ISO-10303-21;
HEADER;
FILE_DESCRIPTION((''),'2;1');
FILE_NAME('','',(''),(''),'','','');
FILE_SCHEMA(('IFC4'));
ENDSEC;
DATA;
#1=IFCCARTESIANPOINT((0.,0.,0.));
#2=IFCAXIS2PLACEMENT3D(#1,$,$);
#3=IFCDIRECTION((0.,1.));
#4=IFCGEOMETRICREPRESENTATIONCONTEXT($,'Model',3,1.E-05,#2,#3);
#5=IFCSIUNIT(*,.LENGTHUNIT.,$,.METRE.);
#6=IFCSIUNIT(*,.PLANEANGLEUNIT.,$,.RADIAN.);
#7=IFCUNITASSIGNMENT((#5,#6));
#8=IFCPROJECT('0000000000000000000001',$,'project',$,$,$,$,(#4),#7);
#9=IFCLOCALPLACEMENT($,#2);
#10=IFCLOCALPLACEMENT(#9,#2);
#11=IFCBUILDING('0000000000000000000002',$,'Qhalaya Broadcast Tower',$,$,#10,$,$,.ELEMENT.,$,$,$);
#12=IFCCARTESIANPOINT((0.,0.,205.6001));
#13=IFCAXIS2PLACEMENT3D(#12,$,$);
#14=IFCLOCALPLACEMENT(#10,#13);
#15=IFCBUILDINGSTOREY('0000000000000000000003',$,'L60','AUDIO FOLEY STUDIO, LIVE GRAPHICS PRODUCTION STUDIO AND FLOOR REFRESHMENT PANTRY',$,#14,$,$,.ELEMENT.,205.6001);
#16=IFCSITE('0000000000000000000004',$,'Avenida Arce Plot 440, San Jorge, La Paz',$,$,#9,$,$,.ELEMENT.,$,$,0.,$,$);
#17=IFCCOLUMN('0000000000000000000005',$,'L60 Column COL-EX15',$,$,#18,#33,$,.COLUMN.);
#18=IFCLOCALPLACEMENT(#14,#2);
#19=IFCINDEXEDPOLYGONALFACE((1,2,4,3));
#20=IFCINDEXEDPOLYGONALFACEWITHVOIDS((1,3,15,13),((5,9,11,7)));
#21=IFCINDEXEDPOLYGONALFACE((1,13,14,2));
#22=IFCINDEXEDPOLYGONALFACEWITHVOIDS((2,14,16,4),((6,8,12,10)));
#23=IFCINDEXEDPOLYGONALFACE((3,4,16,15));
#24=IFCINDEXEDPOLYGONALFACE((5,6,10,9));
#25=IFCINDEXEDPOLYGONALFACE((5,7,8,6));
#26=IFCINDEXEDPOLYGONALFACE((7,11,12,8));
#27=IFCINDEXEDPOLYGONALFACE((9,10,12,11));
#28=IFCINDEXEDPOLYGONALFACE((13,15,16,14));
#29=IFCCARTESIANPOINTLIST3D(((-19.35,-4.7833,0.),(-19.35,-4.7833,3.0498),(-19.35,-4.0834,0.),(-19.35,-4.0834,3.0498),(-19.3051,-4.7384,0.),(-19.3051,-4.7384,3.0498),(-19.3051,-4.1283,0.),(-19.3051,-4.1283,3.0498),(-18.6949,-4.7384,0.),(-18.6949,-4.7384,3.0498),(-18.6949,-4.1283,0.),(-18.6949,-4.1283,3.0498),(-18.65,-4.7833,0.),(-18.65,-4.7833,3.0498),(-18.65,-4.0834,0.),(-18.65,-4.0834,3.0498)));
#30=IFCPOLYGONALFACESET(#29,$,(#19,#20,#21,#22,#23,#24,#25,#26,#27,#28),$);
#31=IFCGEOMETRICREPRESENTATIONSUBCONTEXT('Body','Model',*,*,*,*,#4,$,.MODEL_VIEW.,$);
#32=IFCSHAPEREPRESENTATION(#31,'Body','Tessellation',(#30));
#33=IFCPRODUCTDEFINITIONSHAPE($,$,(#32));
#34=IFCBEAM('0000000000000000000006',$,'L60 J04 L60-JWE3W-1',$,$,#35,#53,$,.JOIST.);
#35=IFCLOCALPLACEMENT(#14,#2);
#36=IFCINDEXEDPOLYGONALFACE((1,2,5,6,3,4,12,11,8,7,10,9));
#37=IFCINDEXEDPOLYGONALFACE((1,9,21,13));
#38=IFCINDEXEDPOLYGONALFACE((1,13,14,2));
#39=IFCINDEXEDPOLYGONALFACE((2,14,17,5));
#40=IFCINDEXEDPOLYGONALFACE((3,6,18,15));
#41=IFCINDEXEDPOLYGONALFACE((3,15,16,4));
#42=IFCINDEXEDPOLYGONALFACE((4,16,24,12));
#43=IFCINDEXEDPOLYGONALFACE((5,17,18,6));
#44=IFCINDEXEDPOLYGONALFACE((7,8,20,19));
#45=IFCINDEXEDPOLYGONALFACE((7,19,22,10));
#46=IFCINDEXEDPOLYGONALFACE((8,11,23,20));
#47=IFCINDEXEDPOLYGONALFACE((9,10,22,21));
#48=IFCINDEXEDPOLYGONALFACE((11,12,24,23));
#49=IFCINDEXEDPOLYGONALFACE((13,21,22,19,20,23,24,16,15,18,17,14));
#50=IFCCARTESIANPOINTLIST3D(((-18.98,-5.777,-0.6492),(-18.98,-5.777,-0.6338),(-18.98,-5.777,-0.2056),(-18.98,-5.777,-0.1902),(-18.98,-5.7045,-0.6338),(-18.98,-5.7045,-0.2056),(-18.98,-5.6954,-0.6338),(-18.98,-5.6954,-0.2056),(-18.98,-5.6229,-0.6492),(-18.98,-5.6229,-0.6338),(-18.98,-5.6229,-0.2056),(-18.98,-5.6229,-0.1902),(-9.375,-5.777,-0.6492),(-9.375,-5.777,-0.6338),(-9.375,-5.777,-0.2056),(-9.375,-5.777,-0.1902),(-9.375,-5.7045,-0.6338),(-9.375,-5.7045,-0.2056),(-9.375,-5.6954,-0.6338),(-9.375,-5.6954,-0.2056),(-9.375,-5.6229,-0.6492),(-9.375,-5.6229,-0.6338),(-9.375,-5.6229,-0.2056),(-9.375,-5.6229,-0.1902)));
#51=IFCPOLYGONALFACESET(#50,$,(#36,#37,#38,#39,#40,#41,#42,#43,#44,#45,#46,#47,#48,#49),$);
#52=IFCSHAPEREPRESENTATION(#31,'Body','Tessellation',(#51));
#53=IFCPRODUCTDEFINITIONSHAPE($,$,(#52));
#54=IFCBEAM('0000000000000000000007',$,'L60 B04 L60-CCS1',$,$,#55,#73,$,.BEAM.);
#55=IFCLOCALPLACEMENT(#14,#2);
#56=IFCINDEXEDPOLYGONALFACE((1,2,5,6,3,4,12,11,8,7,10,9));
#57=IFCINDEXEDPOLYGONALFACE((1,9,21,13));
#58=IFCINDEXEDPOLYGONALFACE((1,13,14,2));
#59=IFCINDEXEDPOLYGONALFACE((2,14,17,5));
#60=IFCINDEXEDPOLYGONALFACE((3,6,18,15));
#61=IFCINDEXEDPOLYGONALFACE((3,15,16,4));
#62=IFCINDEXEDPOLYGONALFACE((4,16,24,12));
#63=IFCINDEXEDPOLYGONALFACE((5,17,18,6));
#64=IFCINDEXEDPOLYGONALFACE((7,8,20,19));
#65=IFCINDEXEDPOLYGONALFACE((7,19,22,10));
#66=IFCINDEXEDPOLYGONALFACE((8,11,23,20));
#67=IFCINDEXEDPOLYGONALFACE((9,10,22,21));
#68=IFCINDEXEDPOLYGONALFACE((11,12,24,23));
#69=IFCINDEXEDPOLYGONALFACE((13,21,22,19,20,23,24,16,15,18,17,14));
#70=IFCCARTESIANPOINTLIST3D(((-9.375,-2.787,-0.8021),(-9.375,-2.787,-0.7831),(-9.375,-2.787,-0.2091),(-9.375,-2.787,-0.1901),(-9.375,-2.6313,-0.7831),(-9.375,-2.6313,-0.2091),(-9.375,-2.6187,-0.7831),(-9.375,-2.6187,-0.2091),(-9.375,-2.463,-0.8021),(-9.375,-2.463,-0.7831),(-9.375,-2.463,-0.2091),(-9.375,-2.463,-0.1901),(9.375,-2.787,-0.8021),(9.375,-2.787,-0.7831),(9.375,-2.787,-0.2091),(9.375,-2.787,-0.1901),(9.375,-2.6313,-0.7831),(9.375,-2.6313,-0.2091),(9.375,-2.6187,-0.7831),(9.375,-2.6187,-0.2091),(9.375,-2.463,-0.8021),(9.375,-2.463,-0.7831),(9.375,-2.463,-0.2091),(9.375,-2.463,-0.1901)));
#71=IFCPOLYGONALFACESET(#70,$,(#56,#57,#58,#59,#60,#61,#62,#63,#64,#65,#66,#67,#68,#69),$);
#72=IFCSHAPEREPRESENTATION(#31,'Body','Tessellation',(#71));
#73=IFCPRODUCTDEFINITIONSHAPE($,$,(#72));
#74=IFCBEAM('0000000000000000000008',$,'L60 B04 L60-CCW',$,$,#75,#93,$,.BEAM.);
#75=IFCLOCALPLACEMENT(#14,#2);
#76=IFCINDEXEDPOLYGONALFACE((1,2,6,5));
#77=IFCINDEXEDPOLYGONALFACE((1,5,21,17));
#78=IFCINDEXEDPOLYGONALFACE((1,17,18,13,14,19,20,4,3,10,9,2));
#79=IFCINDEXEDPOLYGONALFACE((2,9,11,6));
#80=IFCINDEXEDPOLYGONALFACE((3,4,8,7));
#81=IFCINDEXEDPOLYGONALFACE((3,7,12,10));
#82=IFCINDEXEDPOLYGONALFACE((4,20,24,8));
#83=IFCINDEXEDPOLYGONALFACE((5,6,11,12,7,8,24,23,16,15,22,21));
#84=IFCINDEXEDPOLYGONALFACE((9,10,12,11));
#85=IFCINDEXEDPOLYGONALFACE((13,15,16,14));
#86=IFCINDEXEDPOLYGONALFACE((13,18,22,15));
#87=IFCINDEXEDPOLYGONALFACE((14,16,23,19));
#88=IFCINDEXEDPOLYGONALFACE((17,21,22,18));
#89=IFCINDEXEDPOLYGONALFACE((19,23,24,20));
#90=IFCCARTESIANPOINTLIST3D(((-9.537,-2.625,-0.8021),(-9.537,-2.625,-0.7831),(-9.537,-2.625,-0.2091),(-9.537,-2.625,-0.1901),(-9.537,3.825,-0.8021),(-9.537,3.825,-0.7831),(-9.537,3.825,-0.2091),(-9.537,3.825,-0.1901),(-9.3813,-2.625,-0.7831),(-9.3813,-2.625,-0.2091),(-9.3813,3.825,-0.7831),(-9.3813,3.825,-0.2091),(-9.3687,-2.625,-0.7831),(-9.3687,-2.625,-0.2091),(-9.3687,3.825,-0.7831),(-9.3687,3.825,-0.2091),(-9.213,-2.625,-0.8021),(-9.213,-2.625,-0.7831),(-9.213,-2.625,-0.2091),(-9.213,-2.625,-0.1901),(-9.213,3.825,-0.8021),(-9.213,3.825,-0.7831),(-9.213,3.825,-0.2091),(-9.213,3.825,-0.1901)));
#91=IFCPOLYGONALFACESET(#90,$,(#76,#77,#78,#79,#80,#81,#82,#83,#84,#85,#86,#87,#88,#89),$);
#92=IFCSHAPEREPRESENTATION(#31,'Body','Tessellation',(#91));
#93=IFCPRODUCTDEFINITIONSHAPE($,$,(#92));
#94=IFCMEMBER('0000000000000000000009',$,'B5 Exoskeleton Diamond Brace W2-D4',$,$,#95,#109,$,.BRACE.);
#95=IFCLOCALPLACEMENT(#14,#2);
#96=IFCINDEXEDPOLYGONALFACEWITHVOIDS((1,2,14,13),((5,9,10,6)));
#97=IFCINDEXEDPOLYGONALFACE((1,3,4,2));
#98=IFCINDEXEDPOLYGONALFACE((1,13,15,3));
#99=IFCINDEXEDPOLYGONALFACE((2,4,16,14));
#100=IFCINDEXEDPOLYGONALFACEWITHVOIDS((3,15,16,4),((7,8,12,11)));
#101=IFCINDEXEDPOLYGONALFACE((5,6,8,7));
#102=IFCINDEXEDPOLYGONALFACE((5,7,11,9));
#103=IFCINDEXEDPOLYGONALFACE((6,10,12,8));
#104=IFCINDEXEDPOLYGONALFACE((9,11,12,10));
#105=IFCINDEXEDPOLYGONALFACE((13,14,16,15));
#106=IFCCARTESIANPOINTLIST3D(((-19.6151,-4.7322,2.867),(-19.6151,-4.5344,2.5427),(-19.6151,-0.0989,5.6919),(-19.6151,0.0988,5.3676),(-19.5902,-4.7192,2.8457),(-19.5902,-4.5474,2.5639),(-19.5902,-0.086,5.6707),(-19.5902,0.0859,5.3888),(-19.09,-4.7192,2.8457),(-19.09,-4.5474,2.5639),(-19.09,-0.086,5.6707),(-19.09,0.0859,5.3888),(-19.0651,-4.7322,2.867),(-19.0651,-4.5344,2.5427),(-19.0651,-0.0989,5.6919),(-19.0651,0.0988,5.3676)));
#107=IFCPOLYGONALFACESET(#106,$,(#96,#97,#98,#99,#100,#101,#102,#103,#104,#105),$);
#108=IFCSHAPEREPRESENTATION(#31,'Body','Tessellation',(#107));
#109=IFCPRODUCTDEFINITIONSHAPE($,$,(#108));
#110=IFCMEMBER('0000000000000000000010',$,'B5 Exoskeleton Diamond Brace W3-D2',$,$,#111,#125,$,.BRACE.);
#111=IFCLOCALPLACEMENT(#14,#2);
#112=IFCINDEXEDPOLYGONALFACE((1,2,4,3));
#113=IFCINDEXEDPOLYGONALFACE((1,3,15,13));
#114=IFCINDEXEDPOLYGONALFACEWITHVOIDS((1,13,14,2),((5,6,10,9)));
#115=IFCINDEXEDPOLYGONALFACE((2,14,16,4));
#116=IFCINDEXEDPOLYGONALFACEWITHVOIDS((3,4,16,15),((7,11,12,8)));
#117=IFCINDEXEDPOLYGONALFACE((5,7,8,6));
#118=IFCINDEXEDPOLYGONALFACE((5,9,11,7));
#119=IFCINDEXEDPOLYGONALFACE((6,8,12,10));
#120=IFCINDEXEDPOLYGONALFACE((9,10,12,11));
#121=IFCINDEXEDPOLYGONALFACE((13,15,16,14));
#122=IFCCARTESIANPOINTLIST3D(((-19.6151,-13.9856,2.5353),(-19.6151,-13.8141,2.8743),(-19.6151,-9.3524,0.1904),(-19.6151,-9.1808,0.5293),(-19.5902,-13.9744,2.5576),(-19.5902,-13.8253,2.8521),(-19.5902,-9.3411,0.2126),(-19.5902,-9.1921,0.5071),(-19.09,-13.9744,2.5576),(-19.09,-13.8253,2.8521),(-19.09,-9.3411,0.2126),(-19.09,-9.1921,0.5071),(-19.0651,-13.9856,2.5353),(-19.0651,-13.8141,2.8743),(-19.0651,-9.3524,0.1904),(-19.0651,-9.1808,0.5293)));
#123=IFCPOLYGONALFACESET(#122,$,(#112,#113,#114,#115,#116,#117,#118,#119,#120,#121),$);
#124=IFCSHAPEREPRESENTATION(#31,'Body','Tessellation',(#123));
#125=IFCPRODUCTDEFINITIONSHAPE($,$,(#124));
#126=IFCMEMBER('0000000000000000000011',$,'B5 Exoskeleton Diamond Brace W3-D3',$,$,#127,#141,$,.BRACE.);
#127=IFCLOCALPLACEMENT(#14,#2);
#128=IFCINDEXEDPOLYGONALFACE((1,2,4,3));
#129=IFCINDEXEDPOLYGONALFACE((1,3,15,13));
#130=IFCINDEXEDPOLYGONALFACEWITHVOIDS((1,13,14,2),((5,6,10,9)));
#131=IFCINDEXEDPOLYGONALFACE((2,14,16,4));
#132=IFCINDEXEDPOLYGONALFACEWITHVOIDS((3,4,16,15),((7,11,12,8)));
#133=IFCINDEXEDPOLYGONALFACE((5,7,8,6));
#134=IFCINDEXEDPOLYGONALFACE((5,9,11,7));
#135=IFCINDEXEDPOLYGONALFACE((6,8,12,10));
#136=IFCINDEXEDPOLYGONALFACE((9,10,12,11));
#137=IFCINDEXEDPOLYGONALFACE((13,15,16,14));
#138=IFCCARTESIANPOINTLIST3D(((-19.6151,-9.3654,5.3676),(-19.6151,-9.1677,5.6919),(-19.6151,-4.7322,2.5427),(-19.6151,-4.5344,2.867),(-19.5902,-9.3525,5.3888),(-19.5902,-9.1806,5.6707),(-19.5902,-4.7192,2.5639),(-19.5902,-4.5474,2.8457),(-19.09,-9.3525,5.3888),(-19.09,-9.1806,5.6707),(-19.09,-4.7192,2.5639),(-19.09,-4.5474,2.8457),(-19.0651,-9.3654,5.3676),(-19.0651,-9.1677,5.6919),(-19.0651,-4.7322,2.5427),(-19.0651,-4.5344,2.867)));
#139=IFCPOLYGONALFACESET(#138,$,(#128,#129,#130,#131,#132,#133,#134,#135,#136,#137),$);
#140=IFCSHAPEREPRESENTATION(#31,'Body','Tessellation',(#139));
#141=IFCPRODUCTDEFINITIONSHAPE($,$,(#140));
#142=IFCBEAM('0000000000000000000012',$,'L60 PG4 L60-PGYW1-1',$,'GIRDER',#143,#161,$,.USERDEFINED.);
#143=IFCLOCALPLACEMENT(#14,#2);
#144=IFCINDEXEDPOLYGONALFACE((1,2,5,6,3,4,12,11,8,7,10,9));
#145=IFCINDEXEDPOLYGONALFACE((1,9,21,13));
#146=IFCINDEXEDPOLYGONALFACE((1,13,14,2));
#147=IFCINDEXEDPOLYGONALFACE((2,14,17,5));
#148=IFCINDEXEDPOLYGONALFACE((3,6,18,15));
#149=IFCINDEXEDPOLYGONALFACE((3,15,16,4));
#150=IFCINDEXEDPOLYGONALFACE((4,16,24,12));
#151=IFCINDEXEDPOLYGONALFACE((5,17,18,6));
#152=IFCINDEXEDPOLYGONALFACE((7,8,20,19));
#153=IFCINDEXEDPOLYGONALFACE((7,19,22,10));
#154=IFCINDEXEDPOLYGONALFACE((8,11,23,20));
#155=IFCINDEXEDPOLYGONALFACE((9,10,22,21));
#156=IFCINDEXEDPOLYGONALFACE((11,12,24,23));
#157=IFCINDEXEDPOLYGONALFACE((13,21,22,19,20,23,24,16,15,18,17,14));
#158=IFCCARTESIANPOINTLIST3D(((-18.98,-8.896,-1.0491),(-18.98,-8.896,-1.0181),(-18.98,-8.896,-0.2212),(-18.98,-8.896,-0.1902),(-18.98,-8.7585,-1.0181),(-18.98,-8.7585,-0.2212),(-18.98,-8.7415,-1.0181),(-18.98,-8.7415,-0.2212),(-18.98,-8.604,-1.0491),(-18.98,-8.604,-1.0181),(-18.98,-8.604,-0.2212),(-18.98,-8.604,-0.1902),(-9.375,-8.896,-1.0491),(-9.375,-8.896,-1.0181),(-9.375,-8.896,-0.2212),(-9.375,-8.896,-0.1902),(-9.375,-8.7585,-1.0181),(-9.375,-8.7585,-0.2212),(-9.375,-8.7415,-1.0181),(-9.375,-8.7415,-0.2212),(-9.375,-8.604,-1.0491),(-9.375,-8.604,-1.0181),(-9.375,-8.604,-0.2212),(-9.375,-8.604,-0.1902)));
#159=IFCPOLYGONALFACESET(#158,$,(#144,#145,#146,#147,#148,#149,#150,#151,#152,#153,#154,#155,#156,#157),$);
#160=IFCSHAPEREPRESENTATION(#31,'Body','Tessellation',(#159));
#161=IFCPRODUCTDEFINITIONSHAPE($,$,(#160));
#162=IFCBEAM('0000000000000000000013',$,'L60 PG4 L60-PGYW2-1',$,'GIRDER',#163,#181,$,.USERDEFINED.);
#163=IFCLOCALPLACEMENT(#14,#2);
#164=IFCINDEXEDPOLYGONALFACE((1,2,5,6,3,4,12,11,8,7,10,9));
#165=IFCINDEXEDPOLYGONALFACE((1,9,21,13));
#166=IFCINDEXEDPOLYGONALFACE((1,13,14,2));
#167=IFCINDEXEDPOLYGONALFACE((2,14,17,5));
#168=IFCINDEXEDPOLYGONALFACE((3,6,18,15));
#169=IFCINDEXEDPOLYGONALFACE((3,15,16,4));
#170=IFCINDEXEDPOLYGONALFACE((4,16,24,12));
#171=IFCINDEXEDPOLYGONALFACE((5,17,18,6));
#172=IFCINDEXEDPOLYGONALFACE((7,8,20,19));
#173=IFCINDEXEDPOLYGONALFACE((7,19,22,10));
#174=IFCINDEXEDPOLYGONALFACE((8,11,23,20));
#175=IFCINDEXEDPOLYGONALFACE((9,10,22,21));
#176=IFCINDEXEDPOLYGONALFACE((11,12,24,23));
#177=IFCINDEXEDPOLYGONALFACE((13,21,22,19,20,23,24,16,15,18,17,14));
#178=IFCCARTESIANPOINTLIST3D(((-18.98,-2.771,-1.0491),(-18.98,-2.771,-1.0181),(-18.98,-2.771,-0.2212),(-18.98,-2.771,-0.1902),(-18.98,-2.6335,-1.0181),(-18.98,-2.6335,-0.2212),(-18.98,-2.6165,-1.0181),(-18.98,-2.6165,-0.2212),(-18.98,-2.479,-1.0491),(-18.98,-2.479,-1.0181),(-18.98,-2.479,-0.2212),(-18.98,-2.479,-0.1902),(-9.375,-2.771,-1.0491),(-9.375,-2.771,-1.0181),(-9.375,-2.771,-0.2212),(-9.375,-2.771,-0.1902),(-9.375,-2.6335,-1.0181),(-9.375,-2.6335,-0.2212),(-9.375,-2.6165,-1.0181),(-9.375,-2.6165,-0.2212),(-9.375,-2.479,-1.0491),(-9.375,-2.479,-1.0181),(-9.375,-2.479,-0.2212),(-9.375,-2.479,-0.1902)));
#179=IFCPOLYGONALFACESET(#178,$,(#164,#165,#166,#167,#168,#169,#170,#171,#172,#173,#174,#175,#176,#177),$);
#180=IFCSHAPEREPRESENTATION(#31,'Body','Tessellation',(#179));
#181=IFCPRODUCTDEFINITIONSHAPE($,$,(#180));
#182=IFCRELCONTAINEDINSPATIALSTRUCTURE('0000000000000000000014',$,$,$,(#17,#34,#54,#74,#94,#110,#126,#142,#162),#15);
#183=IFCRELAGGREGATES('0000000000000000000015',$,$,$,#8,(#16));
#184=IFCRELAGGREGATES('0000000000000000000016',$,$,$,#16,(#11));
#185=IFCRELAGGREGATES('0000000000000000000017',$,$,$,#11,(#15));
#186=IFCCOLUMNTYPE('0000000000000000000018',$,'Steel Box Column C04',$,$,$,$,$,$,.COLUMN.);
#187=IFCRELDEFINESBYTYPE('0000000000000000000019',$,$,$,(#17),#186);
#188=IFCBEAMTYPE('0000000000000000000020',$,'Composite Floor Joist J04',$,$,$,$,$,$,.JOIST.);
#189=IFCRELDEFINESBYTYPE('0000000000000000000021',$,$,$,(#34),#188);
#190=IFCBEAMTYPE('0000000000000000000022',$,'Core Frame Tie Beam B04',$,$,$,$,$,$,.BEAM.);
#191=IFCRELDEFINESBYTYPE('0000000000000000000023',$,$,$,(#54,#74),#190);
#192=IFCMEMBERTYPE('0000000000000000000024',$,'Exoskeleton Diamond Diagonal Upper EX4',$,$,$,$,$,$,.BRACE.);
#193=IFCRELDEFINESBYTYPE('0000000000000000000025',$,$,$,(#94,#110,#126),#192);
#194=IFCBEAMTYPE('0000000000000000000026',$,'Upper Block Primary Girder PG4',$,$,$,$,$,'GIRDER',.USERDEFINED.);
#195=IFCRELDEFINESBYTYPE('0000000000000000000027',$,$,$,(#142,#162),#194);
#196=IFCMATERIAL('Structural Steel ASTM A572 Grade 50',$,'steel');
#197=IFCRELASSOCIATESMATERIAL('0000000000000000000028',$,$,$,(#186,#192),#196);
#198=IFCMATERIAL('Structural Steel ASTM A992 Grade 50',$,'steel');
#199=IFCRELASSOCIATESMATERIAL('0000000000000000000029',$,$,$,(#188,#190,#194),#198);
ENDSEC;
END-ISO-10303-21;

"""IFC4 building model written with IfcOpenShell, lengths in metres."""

from ifc_helpers import new_model, si_unit, direction, frame, origin, origin_2d, place, context, subcontext, project, spatial, hollow_rectangle, i_section, extrude, material, material_profile, profile_set, type_object, element, save


model = new_model("IFC4")

# Units and contexts
model_context = context("Model", 3, precision=1e-05, world=origin(), true_north=direction((0.0, 1.0)))
body_context = subcontext(model_context, "Body", "Model", "MODEL_VIEW")
ifc_project = project(units=[si_unit("LENGTHUNIT", "METRE"), si_unit("PLANEANGLEUNIT", "RADIAN")], contexts=[model_context])

# Site, building, storey
site_placement = place(None, origin())
site = spatial("IfcSite", under=ifc_project, at=site_placement, Name="Avenida Arce Plot 440, San Jorge, La Paz", CompositionType="ELEMENT", RefElevation=0.0)
building_placement = place(site_placement, origin())
building = spatial("IfcBuilding", under=site, at=building_placement, Name="Qhalaya Broadcast Tower", CompositionType="ELEMENT")
storey_placement = place(building_placement, frame((0.0, 0.0, 205.6001)))
storey = spatial("IfcBuildingStorey", under=building, at=storey_placement, Name="L60", Description="AUDIO FOLEY STUDIO, LIVE GRAPHICS PRODUCTION STUDIO AND FLOOR REFRESHMENT PANTRY", CompositionType="ELEMENT", Elevation=205.6001)

# Column
ifc_material_1 = material(Name="Structural Steel ASTM A572 Grade 50", Category="steel")
ifc_material_profile_1 = material_profile(ifc_material_1, hollow_rectangle(XDim=0.7, YDim=0.7, WallThickness=0.0449, at=origin_2d()), Name="BOX 700x700x45")
ifc_profile_set_1 = profile_set([ifc_material_profile_1], Name="Structural Steel ASTM A572 Grade 50")
column_type = type_object("IfcColumnType", Name="Steel Box Column C04", PredefinedType="COLUMN", material=ifc_profile_set_1)
column_placement = place(storey_placement, frame((-19.0, -4.4333, 0.0), z_axis=(0.0, 0.0, 1.0), x_axis=(0.0, 1.0, 0.0)))
element("IfcColumn", 1, at=column_placement, inside=storey, type_object=column_type, Name="L60 Column COL-EX15", PredefinedType="COLUMN", context=body_context, shape_type="SweptSolid", body=[
    extrude(hollow_rectangle(XDim=0.7, YDim=0.7, WallThickness=0.0449, at=origin_2d()), origin(), (0.0, 0.0, 1.0), 3.0498),
])

# Beams
ifc_material_2 = material(Name="Structural Steel ASTM A992 Grade 50", Category="steel")
ifc_material_profile_2 = material_profile(ifc_material_2, i_section(OverallWidth=0.1541, OverallDepth=0.459, WebThickness=0.009, FlangeThickness=0.0154, at=origin_2d()), Name="W18X46")
ifc_profile_set_2 = profile_set([ifc_material_profile_2], Name="Structural Steel ASTM A992 Grade 50")
beam_type_1 = type_object("IfcBeamType", Name="Composite Floor Joist J04", PredefinedType="JOIST", material=ifc_profile_set_2)
beam_1_placement = place(storey_placement, frame((-18.98, -5.7, -0.4197), z_axis=(1.0, 0.0, 0.0), x_axis=(0.0, 1.0, 0.0)))
element("IfcBeam", 2, at=beam_1_placement, inside=storey, type_object=beam_type_1, Name="L60 J04 L60-JWE3W-1", PredefinedType="JOIST", context=body_context, shape_type="SweptSolid", body=[
    extrude(i_section(OverallWidth=0.1541, OverallDepth=0.459, WebThickness=0.009, FlangeThickness=0.0154, at=origin_2d()), origin(), (0.0, 0.0, 1.0), 9.605),
])
ifc_material_profile_3 = material_profile(ifc_material_2, i_section(OverallWidth=0.324, OverallDepth=0.6121, WebThickness=0.0127, FlangeThickness=0.019, at=origin_2d()), Name="W24X104")
ifc_profile_set_3 = profile_set([ifc_material_profile_3], Name="Structural Steel ASTM A992 Grade 50")
beam_type_2 = type_object("IfcBeamType", Name="Core Frame Tie Beam B04", PredefinedType="BEAM", material=ifc_profile_set_3)
beam_2_placement = place(storey_placement, frame((-9.375, -2.625, -0.4961), z_axis=(1.0, 0.0, 0.0), x_axis=(0.0, 1.0, 0.0)))
element("IfcBeam", 3, at=beam_2_placement, inside=storey, type_object=beam_type_2, Name="L60 B04 L60-CCS1", PredefinedType="BEAM", context=body_context, shape_type="SweptSolid", body=[
    extrude(i_section(OverallWidth=0.324, OverallDepth=0.6121, WebThickness=0.0127, FlangeThickness=0.019, at=origin_2d()), origin(), (0.0, 0.0, 1.0), 18.75),
])
beam_3_placement = place(storey_placement, frame((-9.375, -2.625, -0.4961), z_axis=(0.0, 1.0, 0.0), x_axis=(-1.0, 0.0, 0.0)))
element("IfcBeam", 4, at=beam_3_placement, inside=storey, type_object=beam_type_2, Name="L60 B04 L60-CCW", PredefinedType="BEAM", context=body_context, shape_type="SweptSolid", body=[
    extrude(i_section(OverallWidth=0.324, OverallDepth=0.6121, WebThickness=0.0127, FlangeThickness=0.019, at=origin_2d()), origin(), (0.0, 0.0, 1.0), 6.45),
])

# Members
ifc_material_profile_4 = material_profile(ifc_material_1, hollow_rectangle(XDim=0.3799, YDim=0.55, WallThickness=0.0249, at=origin_2d()), Name="BOX 380x550x25")
ifc_profile_set_4 = profile_set([ifc_material_profile_4], Name="Structural Steel ASTM A572 Grade 50")
member_type = type_object("IfcMemberType", Name="Exoskeleton Diamond Diagonal Upper EX4", PredefinedType="BRACE", material=ifc_profile_set_4)
member_1_placement = place(storey_placement, frame((-19.3401, -4.6333, 2.7048), z_axis=(0.0, 0.853815, 0.520576), x_axis=(0.0, -0.520576, 0.853815)))
element("IfcMember", 5, at=member_1_placement, inside=storey, type_object=member_type, Name="B5 Exoskeleton Diamond Brace W2-D4", PredefinedType="BRACE", context=body_context, shape_type="SweptSolid", body=[
    extrude(hollow_rectangle(XDim=0.3799, YDim=0.55, WallThickness=0.0249, at=origin_2d()), origin(), (0.0, 0.0, 1.0), 5.4265),
])
member_2_placement = place(storey_placement, frame((-19.3401, -9.2666, 0.3599), z_axis=(0.0, -0.892235, 0.451571), x_axis=(0.0, 0.451571, 0.892235)))
element("IfcMember", 6, at=member_2_placement, inside=storey, type_object=member_type, Name="B5 Exoskeleton Diamond Brace W3-D2", PredefinedType="BRACE", context=body_context, shape_type="SweptSolid", body=[
    extrude(hollow_rectangle(XDim=0.3799, YDim=0.55, WallThickness=0.0249, at=origin_2d()), origin(), (0.0, 0.0, 1.0), 5.1929),
])
member_3_placement = place(storey_placement, frame((-19.3401, -4.6333, 2.7048), z_axis=(0.0, -0.853815, 0.520576), x_axis=(0.0, 0.520576, 0.853815)))
element("IfcMember", 7, at=member_3_placement, inside=storey, type_object=member_type, Name="B5 Exoskeleton Diamond Brace W3-D3", PredefinedType="BRACE", context=body_context, shape_type="SweptSolid", body=[
    extrude(hollow_rectangle(XDim=0.3799, YDim=0.55, WallThickness=0.0249, at=origin_2d()), origin(), (0.0, 0.0, 1.0), 5.4265),
])

# Beams
ifc_material_profile_5 = material_profile(ifc_material_2, i_section(OverallWidth=0.292, OverallDepth=0.8589, WebThickness=0.0171, FlangeThickness=0.031, at=origin_2d()), Name="W33X169")
ifc_profile_set_5 = profile_set([ifc_material_profile_5], Name="Structural Steel ASTM A992 Grade 50")
beam_type_3 = type_object("IfcBeamType", Name="Upper Block Primary Girder PG4", ElementType="GIRDER", PredefinedType="USERDEFINED", material=ifc_profile_set_5)
for number, where, z_axis, x_axis, name in (
    (8, (-18.98, -8.75, -0.6196), (1.0, 0.0, 0.0), (0.0, 1.0, 0.0), "L60 PG4 L60-PGYW1-1"),
    (9, (-18.98, -2.625, -0.6196), (1.0, 0.0, 0.0), (0.0, 1.0, 0.0), "L60 PG4 L60-PGYW2-1"),
):
    element("IfcBeam", number, at=place(storey_placement, frame(where, z_axis=z_axis, x_axis=x_axis)), inside=storey, type_object=beam_type_3, Name=name, ObjectType="GIRDER", PredefinedType="USERDEFINED", context=body_context, shape_type="SweptSolid", body=[
        extrude(i_section(OverallWidth=0.292, OverallDepth=0.8589, WebThickness=0.0171, FlangeThickness=0.031, at=origin_2d()), origin(), (0.0, 0.0, 1.0), 9.605),
    ])

save(model, "model.ifc")
